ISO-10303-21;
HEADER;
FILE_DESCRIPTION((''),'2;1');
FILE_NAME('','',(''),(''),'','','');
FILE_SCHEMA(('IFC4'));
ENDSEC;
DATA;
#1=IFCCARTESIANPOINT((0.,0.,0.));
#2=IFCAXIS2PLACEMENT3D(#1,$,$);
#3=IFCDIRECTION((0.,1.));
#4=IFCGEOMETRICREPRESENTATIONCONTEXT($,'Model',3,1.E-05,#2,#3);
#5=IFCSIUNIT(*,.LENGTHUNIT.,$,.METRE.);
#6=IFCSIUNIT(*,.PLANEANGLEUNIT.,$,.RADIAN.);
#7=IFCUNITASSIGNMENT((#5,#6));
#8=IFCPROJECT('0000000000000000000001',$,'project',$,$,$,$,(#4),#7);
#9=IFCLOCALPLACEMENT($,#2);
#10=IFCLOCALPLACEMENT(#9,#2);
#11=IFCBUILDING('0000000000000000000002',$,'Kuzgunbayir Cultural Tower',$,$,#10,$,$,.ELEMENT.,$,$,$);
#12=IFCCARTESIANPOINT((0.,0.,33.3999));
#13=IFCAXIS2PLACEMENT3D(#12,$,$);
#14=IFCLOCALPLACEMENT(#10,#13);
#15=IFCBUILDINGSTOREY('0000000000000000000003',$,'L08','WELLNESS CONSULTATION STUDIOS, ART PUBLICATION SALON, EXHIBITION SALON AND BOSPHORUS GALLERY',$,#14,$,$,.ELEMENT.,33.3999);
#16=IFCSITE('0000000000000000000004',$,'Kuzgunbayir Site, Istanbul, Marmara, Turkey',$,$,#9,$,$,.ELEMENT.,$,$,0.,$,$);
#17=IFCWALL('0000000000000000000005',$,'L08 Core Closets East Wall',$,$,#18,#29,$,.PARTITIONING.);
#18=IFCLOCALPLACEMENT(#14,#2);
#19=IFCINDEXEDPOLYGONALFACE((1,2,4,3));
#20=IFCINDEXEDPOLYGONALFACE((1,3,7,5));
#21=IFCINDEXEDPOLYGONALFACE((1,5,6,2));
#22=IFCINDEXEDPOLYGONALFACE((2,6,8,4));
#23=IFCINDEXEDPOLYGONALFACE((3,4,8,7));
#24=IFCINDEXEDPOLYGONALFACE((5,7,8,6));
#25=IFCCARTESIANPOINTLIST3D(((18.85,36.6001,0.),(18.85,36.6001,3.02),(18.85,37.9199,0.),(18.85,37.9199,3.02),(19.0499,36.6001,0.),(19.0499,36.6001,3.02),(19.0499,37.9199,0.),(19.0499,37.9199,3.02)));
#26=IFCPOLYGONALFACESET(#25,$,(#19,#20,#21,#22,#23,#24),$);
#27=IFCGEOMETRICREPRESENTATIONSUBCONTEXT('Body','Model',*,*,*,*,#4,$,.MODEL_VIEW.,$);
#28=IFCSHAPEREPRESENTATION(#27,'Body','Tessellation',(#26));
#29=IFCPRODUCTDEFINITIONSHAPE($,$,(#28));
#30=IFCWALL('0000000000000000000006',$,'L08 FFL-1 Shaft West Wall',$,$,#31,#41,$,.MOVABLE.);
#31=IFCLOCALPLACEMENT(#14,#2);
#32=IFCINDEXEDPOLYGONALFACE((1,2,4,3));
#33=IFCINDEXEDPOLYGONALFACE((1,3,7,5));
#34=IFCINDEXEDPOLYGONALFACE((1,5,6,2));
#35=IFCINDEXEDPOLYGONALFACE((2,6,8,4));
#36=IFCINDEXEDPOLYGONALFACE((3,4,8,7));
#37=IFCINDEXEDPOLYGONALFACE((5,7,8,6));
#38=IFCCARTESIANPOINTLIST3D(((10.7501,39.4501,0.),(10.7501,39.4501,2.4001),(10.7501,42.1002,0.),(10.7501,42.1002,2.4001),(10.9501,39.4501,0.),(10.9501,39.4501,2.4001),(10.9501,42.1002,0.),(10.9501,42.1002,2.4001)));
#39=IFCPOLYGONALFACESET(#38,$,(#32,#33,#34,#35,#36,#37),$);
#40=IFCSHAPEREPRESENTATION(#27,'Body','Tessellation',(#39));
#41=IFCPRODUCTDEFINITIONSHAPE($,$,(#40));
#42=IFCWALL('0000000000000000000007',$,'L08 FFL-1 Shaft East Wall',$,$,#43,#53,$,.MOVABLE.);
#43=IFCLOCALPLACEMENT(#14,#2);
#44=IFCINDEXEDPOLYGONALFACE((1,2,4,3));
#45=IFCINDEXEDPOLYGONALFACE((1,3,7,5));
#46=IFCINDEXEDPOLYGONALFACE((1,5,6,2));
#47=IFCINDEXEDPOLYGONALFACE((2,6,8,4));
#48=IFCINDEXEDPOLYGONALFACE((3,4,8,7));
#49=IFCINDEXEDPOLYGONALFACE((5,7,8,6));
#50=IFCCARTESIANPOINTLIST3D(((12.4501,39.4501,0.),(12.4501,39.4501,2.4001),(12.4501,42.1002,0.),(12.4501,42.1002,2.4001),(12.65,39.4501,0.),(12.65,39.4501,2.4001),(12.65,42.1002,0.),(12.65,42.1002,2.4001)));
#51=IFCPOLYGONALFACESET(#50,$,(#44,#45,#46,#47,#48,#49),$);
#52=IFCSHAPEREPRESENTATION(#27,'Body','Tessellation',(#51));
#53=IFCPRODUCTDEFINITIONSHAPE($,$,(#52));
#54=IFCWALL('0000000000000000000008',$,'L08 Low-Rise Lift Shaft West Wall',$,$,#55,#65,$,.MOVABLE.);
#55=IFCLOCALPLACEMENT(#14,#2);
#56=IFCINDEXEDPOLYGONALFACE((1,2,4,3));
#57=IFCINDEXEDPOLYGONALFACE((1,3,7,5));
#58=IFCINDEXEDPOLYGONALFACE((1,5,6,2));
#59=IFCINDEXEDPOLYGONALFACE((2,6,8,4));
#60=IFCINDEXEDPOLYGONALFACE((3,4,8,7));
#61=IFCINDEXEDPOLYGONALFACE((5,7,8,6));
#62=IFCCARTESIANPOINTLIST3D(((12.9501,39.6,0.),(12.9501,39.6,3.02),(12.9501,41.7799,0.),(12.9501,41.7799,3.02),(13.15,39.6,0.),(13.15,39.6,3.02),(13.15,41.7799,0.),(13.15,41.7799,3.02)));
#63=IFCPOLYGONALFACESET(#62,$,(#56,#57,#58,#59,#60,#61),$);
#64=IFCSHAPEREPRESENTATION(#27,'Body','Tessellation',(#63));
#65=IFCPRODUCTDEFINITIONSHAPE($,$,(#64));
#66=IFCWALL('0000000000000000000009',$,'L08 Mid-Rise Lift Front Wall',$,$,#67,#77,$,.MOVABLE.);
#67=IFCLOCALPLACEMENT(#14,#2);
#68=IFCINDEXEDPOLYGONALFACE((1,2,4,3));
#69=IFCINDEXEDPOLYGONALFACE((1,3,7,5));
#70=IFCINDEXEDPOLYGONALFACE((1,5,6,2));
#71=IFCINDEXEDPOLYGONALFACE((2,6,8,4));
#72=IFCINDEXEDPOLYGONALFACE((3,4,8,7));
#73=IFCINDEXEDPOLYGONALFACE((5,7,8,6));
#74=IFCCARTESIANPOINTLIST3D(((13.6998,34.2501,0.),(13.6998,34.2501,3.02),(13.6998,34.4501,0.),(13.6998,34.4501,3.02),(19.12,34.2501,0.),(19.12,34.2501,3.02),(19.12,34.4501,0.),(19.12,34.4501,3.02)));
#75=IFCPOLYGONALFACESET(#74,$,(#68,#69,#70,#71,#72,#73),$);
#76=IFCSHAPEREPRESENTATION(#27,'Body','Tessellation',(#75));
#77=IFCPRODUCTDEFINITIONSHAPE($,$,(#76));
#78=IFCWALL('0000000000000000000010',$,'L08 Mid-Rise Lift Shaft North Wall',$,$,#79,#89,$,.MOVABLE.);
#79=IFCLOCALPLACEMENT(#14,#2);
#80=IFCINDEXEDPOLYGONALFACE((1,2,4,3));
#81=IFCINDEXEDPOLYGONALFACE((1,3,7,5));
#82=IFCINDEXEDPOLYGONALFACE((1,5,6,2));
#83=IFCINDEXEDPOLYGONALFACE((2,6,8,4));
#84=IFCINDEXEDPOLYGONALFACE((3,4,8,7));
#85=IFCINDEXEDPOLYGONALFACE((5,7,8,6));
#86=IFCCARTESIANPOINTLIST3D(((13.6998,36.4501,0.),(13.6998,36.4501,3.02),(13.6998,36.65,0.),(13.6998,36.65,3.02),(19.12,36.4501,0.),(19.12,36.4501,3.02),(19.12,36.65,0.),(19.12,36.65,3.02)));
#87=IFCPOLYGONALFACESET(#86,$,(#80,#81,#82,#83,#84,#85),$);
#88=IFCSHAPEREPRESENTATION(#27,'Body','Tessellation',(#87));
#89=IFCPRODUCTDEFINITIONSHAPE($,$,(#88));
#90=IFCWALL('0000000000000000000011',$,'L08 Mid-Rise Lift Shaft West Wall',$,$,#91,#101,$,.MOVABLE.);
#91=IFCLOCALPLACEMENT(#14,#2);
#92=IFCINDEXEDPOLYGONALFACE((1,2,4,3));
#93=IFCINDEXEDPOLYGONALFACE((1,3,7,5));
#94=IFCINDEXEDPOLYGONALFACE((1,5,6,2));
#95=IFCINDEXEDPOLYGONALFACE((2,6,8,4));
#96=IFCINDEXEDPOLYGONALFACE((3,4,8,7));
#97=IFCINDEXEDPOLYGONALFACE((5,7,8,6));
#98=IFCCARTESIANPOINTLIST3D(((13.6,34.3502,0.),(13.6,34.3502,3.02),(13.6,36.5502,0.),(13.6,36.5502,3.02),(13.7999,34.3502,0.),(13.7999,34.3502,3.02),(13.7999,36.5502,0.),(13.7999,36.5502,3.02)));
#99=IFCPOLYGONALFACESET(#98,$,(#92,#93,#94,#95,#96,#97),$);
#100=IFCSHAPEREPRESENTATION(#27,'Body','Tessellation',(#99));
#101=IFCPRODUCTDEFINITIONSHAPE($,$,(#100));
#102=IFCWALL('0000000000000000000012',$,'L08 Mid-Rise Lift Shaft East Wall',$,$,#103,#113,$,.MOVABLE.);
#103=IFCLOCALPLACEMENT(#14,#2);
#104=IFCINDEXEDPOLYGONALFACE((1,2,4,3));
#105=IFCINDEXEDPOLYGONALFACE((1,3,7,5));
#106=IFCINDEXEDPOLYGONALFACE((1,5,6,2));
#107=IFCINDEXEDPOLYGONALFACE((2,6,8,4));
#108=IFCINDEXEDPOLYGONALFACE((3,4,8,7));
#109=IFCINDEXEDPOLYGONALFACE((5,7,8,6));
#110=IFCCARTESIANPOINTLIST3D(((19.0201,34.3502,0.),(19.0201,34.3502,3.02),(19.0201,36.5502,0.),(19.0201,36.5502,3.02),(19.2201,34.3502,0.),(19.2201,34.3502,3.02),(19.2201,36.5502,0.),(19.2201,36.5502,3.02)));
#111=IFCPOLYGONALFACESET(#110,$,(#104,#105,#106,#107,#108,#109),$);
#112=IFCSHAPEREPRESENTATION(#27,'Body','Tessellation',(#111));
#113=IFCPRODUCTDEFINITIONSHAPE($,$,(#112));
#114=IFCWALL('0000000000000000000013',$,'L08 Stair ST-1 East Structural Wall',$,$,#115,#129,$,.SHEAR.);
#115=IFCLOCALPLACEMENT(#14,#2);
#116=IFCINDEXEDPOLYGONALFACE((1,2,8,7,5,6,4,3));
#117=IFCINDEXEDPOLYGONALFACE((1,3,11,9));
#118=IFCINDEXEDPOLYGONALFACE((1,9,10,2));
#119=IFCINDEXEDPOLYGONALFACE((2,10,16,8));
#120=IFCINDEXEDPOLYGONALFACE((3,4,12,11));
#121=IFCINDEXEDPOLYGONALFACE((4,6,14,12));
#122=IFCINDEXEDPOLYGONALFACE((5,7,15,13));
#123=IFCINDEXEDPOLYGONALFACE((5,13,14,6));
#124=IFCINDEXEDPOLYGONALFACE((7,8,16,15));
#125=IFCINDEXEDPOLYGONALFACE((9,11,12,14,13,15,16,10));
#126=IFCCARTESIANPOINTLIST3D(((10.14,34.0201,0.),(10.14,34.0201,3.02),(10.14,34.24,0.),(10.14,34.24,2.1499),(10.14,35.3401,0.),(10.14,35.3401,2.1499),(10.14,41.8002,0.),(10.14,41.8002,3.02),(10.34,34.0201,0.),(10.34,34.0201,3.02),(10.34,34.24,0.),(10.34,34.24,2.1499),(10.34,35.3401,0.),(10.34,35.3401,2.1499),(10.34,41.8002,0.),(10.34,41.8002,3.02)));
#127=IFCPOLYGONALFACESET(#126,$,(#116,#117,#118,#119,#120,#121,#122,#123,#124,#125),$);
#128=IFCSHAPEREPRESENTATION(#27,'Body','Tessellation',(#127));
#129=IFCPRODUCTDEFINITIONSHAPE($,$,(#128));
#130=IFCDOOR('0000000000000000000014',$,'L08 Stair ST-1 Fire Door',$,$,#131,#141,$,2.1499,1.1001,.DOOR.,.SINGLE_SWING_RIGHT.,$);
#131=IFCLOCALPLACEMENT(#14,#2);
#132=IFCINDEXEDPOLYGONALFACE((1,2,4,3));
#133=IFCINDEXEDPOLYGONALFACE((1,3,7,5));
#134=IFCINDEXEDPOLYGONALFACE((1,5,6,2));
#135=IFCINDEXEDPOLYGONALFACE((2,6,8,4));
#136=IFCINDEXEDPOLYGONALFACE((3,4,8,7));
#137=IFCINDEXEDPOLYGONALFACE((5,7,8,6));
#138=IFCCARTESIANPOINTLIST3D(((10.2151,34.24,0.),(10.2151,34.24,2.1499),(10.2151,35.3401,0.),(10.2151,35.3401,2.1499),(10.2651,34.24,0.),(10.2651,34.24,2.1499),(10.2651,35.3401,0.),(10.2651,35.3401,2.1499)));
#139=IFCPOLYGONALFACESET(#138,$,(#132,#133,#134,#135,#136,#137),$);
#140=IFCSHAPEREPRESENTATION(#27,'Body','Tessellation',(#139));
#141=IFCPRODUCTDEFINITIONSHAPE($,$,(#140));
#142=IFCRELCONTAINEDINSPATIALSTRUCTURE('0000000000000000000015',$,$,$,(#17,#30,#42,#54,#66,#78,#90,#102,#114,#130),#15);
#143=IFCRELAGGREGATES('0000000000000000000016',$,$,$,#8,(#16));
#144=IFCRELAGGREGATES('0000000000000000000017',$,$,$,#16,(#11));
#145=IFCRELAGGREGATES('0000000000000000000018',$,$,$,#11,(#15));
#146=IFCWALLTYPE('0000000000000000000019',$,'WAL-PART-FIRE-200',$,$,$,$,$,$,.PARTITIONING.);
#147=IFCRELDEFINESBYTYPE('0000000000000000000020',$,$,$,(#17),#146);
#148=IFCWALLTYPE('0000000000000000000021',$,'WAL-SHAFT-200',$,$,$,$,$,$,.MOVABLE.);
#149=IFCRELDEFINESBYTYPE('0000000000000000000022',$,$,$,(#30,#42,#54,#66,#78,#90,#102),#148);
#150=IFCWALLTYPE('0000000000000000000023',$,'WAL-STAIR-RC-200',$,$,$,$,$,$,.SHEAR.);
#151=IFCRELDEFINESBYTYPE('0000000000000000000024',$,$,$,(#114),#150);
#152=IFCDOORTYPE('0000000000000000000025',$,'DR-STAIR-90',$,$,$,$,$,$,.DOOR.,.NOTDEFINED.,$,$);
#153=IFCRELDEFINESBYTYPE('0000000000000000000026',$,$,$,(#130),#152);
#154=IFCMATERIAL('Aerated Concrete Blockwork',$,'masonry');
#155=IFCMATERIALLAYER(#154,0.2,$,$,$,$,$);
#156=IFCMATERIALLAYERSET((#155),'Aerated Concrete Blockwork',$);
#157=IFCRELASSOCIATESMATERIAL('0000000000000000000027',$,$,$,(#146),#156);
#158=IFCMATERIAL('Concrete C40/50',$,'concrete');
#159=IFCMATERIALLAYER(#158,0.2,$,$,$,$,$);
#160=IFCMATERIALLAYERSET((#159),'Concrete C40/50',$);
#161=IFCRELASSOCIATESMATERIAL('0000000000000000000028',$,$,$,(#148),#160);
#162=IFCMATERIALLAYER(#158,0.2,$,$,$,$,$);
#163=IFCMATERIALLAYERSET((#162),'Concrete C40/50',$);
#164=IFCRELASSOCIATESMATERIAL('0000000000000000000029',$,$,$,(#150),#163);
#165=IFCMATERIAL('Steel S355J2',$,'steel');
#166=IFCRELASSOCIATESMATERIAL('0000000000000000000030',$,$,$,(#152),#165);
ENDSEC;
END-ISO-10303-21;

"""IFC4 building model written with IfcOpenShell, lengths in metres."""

from ifc_helpers import new_model, si_unit, direction, frame, frame_2d, origin, place, context, subcontext, project, spatial, rectangle, extrude, material, layer, layer_set, type_object, element, fill, save


model = new_model("IFC4")

# Units and contexts
model_context = context("Model", 3, precision=1e-05, world=origin(), true_north=direction((0.0, 1.0)))
body_context = subcontext(model_context, "Body", "Model", "MODEL_VIEW")
ifc_project = project(units=[si_unit("LENGTHUNIT", "METRE"), si_unit("PLANEANGLEUNIT", "RADIAN")], contexts=[model_context])

# Site, building, storey
site_placement = place(None, origin())
site = spatial("IfcSite", under=ifc_project, at=site_placement, Name="Kuzgunbayir Site, Istanbul, Marmara, Turkey", CompositionType="ELEMENT", RefElevation=0.0)
building_placement = place(site_placement, origin())
building = spatial("IfcBuilding", under=site, at=building_placement, Name="Kuzgunbayir Cultural Tower", CompositionType="ELEMENT")
storey_placement = place(building_placement, frame((0.0, 0.0, 33.3999)))
storey = spatial("IfcBuildingStorey", under=building, at=storey_placement, Name="L08", Description="WELLNESS CONSULTATION STUDIOS, ART PUBLICATION SALON, EXHIBITION SALON AND BOSPHORUS GALLERY", CompositionType="ELEMENT", Elevation=33.3999)

# Shared definitions
ifc_material_1 = material(Name="Steel S355J2", Category="steel")

# Shared definitions
ifc_material_2 = material(Name="Aerated Concrete Blockwork", Category="masonry")
ifc_layer_1 = layer(ifc_material_2, 0.2)
ifc_layer_set_1 = layer_set([ifc_layer_1], Name="Aerated Concrete Blockwork")
wall_type_1 = type_object("IfcWallType", Name="WAL-PART-FIRE-200", PredefinedType="PARTITIONING", material=ifc_layer_set_1)

# Wall
wall_1_placement = place(storey_placement, frame((18.95, 36.6001, 0.0), z_axis=(0.0, 0.0, 1.0), x_axis=(0.0, 1.0, 0.0)))
element("IfcWall", 1, at=wall_1_placement, inside=storey, type_object=wall_type_1, Name="L08 Core Closets East Wall", PredefinedType="PARTITIONING", context=body_context, shape_type="SweptSolid", body=[
    extrude(rectangle(XDim=1.3198, YDim=0.2, at=frame_2d((0.6599, 0.0))), origin(), (0.0, 0.0, 1.0), 3.02),
])

# Shared definitions
ifc_material_3 = material(Name="Concrete C40/50", Category="concrete")
ifc_layer_2 = layer(ifc_material_3, 0.2)
ifc_layer_set_2 = layer_set([ifc_layer_2], Name="Concrete C40/50")
wall_type_2 = type_object("IfcWallType", Name="WAL-SHAFT-200", PredefinedType="MOVABLE", material=ifc_layer_set_2)

# Walls
for number, where, z_axis, x_axis, name in (
    (2, (10.8501, 39.45, 0.0), (0.0, 0.0, 1.0), (0.0, 1.0, 0.0), "L08 FFL-1 Shaft West Wall"),
    (3, (12.55, 39.45, 0.0), (0.0, 0.0, 1.0), (0.0, 1.0, 0.0), "L08 FFL-1 Shaft East Wall"),
):
    element("IfcWall", number, at=place(storey_placement, frame(where, z_axis=z_axis, x_axis=x_axis)), inside=storey, type_object=wall_type_2, Name=name, PredefinedType="MOVABLE", context=body_context, shape_type="SweptSolid", body=[
        extrude(rectangle(XDim=2.6501, YDim=0.2, at=frame_2d((1.3252, 0.0))), origin(), (0.0, 0.0, 1.0), 2.4001),
    ])

# Walls
wall_2_placement = place(storey_placement, frame((13.05, 39.6001, 0.0), z_axis=(0.0, 0.0, 1.0), x_axis=(0.0, 1.0, 0.0)))
element("IfcWall", 4, at=wall_2_placement, inside=storey, type_object=wall_type_2, Name="L08 Low-Rise Lift Shaft West Wall", PredefinedType="MOVABLE", context=body_context, shape_type="SweptSolid", body=[
    extrude(rectangle(XDim=2.1799, YDim=0.2, at=frame_2d((1.0898, 0.0))), origin(), (0.0, 0.0, 1.0), 3.02),
])
for number, where, z_axis, x_axis, name in (
    (5, (13.7, 34.3501, 0.0), (0.0, 0.0, 1.0), (1.0, 0.0, 0.0), "L08 Mid-Rise Lift Front Wall"),
    (6, (13.7, 36.55, 0.0), (0.0, 0.0, 1.0), (1.0, 0.0, 0.0), "L08 Mid-Rise Lift Shaft North Wall"),
):
    element("IfcWall", number, at=place(storey_placement, frame(where, z_axis=z_axis, x_axis=x_axis)), inside=storey, type_object=wall_type_2, Name=name, PredefinedType="MOVABLE", context=body_context, shape_type="SweptSolid", body=[
        extrude(rectangle(XDim=5.4202, YDim=0.2, at=frame_2d((2.71, 0.0))), origin(), (0.0, 0.0, 1.0), 3.02),
    ])
for number, where, z_axis, x_axis, name in (
    (7, (13.7, 34.3501, 0.0), (0.0, 0.0, 1.0), (0.0, 1.0, 0.0), "L08 Mid-Rise Lift Shaft West Wall"),
    (8, (19.1201, 34.3501, 0.0), (0.0, 0.0, 1.0), (0.0, 1.0, 0.0), "L08 Mid-Rise Lift Shaft East Wall"),
):
    element("IfcWall", number, at=place(storey_placement, frame(where, z_axis=z_axis, x_axis=x_axis)), inside=storey, type_object=wall_type_2, Name=name, PredefinedType="MOVABLE", context=body_context, shape_type="SweptSolid", body=[
        extrude(rectangle(XDim=2.2, YDim=0.2, at=frame_2d((1.1001, 0.0))), origin(), (0.0, 0.0, 1.0), 3.02),
    ])

# Wall, opening, door
ifc_layer_3 = layer(ifc_material_3, 0.2)
ifc_layer_set_3 = layer_set([ifc_layer_3], Name="Concrete C40/50")
wall_type_3 = type_object("IfcWallType", Name="WAL-STAIR-RC-200", PredefinedType="SHEAR", material=ifc_layer_set_3)
wall_3_placement = place(storey_placement, frame((10.24, 34.02, 0.0), z_axis=(0.0, 0.0, 1.0), x_axis=(0.0, 1.0, 0.0)))
wall_3 = element("IfcWall", 9, at=wall_3_placement, inside=storey, type_object=wall_type_3, Name="L08 Stair ST-1 East Structural Wall", PredefinedType="SHEAR", context=body_context, shape_type="SweptSolid", body=[
    extrude(rectangle(XDim=7.78, YDim=0.2, at=frame_2d((3.8901, 0.0))), origin(), (0.0, 0.0, 1.0), 3.02),
])
opening_1_placement = place(wall_3_placement, frame((0.22, 0.0, 0.0)))
opening_1 = element("IfcOpeningElement", 10, at=opening_1_placement, cuts=wall_3, PredefinedType="OPENING", context=body_context, shape_type="SweptSolid", body=[
    extrude(rectangle(XDim=1.1001, YDim=2.1499, at=frame_2d((0.55, 1.075))), frame((0.0, 0.1099, 0.0), z_axis=(0.0, -1.0, 0.0), x_axis=(1.0, 0.0, 0.0)), (0.0, 0.0, 1.0), 0.22),
])
door_type_1 = type_object("IfcDoorType", Name="DR-STAIR-90", OperationType="NOTDEFINED", PredefinedType="DOOR", material=ifc_material_1)
door_1_placement = place(opening_1_placement, origin())
door_1 = element("IfcDoor", 11, at=door_1_placement, inside=storey, type_object=door_type_1, Name="L08 Stair ST-1 Fire Door", OperationType="SINGLE_SWING_RIGHT", OverallHeight=2.1499, OverallWidth=1.1001, PredefinedType="DOOR", context=body_context, shape_type="SweptSolid", body=[
    extrude(rectangle(XDim=1.1001, YDim=2.1499, at=frame_2d((0.55, 1.075))), frame((0.0, 0.0249, 0.0), z_axis=(0.0, -1.0, 0.0), x_axis=(1.0, 0.0, 0.0)), (0.0, 0.0, 1.0), 0.05),
])
fill(opening_1, door_1)

save(model, "model.ifc")
